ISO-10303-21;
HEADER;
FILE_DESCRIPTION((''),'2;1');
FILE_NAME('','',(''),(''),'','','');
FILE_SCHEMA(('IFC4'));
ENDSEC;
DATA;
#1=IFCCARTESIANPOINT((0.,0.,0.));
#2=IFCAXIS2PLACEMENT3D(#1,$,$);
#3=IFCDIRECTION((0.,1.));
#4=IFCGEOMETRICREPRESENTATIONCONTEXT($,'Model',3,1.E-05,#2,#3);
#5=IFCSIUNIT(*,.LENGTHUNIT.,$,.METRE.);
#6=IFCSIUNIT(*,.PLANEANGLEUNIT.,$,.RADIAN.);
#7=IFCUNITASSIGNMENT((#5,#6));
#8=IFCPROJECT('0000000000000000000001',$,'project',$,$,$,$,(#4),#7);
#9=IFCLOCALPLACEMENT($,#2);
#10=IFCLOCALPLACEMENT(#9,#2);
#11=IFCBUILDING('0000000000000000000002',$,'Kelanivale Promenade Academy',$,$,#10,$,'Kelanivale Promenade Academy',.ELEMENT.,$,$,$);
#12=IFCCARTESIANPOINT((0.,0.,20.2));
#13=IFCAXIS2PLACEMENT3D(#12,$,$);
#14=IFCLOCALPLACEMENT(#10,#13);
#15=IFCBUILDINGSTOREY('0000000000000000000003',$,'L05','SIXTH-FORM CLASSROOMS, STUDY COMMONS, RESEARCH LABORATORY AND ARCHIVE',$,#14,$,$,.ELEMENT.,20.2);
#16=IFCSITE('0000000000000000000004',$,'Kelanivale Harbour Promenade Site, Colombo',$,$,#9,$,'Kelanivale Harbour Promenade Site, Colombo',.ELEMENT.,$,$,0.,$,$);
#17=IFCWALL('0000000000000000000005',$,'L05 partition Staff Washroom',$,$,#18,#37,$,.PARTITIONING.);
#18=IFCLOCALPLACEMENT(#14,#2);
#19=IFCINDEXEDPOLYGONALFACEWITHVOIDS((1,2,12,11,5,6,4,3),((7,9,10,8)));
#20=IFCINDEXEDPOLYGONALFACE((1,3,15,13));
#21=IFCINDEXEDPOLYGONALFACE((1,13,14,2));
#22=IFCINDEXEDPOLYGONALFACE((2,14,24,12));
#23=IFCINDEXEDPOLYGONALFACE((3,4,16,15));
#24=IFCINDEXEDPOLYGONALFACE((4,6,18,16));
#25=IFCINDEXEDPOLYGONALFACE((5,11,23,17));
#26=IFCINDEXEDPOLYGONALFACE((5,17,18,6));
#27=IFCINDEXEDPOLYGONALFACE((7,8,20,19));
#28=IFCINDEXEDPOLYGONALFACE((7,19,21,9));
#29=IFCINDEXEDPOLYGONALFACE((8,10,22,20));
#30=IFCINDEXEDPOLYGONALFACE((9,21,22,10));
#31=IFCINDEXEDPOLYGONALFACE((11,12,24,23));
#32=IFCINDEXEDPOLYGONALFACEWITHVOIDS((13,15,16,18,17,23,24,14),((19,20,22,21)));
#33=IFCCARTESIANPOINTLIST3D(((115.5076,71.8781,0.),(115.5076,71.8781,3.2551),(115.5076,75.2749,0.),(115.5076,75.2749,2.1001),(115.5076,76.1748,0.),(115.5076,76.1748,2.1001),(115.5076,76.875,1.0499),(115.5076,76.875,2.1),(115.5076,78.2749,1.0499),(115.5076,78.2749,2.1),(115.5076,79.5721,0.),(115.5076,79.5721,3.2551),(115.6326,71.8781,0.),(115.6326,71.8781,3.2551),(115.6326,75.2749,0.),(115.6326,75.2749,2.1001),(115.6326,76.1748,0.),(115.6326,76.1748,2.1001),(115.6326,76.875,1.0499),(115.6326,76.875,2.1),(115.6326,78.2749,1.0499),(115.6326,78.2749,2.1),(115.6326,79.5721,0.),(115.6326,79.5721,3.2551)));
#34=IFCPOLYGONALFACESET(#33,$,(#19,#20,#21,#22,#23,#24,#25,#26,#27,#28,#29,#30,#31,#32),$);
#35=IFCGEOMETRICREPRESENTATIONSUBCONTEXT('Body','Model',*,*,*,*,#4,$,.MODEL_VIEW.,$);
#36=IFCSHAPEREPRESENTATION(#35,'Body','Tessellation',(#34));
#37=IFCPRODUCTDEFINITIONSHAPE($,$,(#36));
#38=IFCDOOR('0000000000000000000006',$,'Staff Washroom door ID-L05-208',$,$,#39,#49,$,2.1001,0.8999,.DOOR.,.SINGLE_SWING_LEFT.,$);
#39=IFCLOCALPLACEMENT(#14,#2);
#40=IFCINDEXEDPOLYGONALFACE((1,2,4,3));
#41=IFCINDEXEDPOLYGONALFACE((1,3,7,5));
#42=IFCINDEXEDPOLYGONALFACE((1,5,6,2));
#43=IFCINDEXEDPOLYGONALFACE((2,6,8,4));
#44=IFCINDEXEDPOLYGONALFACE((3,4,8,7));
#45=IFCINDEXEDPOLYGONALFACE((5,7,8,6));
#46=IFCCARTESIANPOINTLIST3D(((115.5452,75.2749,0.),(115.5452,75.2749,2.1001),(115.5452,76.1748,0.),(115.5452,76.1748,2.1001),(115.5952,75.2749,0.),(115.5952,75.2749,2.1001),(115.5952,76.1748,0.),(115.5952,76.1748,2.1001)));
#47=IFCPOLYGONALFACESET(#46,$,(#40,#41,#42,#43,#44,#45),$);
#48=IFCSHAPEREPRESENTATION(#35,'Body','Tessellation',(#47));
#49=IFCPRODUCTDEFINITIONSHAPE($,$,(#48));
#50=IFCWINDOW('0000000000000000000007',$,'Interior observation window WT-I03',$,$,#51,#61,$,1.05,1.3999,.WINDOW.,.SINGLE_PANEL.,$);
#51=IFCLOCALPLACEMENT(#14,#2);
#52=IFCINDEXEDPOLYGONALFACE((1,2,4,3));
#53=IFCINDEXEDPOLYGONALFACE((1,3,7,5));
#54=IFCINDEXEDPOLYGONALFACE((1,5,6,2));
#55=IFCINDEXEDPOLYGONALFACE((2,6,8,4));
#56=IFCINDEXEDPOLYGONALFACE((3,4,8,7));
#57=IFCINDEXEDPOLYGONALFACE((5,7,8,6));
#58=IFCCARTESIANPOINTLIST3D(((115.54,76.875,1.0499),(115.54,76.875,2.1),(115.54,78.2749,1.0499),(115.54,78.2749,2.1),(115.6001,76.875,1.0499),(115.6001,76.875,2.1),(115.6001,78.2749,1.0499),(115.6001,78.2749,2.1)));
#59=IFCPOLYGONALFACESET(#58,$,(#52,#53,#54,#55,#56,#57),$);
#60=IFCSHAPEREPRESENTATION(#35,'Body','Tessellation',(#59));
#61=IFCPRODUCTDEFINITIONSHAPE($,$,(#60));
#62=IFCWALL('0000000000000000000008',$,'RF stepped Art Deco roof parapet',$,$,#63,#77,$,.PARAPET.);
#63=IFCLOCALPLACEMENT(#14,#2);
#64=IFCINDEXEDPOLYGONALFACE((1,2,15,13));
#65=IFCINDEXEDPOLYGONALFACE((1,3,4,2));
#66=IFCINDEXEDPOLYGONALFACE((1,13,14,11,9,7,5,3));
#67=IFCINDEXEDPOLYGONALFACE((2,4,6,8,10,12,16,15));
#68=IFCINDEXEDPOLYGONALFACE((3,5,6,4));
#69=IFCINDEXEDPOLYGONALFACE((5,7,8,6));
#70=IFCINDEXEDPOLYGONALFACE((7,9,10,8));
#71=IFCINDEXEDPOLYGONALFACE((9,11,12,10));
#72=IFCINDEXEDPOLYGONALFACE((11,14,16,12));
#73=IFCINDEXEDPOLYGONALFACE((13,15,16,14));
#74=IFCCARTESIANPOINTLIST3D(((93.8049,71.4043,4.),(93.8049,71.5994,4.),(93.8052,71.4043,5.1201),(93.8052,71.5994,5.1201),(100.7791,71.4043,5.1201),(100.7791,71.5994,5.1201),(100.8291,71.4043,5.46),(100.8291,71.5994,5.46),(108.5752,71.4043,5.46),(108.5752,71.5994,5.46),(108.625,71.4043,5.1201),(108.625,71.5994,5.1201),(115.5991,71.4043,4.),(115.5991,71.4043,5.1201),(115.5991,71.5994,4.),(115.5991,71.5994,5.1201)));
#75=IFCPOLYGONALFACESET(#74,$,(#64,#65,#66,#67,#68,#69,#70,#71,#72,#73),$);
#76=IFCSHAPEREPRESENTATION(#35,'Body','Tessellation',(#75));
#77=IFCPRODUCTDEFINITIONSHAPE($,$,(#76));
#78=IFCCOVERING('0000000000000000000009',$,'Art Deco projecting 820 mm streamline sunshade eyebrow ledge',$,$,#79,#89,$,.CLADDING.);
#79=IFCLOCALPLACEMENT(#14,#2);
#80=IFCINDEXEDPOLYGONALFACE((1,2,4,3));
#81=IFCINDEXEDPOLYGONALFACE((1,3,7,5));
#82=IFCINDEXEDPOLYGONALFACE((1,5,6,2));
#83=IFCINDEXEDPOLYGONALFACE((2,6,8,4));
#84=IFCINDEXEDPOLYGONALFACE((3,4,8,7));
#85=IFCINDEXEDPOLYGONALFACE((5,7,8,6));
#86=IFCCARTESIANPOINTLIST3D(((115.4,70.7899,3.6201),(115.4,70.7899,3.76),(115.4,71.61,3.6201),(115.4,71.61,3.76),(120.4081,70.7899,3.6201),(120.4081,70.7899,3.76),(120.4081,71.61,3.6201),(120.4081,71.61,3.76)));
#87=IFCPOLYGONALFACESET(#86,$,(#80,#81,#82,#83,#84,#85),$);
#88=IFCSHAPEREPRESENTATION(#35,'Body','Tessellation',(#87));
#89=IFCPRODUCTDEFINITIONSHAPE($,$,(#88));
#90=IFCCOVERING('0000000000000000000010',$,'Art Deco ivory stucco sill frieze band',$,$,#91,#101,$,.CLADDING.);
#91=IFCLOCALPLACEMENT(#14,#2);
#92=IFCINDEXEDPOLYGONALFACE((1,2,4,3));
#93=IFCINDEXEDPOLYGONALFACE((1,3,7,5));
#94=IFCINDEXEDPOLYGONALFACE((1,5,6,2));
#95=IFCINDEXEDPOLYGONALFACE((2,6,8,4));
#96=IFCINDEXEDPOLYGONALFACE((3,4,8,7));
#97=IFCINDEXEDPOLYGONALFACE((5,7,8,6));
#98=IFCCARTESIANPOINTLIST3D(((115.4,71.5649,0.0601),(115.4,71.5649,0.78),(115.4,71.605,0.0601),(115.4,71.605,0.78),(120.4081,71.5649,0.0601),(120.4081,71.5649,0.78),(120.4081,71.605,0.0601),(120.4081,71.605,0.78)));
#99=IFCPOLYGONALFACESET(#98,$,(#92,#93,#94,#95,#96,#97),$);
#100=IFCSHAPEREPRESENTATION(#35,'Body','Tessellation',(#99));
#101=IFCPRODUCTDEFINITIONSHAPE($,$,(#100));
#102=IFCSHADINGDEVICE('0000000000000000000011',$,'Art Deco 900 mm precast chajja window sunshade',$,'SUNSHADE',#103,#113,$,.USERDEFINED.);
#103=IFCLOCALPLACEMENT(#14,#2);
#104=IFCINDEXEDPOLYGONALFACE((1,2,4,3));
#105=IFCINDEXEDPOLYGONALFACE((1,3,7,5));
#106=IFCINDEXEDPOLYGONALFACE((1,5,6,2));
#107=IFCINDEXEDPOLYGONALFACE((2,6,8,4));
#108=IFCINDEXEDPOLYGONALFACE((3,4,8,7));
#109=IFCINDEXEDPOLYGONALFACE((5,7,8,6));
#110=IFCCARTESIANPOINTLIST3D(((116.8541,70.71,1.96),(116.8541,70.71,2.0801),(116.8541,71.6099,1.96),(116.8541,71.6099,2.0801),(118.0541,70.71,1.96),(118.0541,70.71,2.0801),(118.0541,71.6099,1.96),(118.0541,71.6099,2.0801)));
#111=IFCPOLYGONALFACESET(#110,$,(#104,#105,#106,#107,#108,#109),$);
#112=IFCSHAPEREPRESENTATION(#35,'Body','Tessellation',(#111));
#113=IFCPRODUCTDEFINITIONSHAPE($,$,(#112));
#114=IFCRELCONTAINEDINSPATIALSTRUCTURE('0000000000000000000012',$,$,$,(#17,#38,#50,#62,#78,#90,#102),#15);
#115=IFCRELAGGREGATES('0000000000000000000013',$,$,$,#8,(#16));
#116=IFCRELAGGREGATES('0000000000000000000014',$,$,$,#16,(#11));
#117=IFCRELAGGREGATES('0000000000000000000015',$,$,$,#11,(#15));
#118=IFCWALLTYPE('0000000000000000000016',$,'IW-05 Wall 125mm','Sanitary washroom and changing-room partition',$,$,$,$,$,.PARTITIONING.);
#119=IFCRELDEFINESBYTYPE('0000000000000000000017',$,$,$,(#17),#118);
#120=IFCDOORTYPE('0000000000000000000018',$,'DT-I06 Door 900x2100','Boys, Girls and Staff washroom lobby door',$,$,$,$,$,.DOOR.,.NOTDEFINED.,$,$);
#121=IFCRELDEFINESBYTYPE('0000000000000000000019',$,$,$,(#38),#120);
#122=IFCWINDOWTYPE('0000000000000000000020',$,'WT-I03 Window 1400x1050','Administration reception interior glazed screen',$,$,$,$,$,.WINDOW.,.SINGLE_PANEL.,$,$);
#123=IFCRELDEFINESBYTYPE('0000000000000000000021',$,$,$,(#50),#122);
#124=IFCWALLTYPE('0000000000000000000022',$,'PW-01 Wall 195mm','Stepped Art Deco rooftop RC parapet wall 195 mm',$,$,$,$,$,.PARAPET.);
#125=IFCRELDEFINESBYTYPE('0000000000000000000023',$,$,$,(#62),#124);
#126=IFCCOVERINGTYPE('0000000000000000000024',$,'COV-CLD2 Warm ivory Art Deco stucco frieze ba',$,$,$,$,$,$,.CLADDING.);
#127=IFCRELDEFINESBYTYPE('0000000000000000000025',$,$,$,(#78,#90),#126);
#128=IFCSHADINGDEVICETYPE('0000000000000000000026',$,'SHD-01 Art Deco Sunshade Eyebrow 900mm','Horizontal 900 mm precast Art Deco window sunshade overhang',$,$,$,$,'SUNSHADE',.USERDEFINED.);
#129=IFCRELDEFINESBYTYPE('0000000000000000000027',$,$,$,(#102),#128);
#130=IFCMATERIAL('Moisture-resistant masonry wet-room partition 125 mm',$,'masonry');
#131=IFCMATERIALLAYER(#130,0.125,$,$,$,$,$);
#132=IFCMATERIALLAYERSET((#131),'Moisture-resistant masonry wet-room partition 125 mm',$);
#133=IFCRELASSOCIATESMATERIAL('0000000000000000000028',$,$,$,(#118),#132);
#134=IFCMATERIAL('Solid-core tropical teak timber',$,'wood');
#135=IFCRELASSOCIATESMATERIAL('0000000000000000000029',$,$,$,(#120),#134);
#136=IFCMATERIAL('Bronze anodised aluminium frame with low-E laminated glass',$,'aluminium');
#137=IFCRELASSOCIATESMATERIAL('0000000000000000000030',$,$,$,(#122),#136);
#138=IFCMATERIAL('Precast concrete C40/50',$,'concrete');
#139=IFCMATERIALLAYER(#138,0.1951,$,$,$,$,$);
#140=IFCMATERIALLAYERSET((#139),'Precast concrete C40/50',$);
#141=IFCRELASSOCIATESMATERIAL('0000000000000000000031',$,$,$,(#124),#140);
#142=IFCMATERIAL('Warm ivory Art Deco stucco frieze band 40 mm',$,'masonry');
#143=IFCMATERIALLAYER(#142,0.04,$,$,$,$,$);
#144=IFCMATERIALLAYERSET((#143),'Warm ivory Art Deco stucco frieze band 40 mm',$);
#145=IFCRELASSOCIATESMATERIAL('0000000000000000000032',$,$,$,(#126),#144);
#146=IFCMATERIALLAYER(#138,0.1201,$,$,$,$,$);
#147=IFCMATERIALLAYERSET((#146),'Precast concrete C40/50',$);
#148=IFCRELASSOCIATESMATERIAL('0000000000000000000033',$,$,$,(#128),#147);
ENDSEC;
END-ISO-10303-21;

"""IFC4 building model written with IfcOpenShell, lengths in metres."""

from ifc_helpers import new_model, si_unit, direction, frame, frame_2d, origin, origin_2d, place, context, subcontext, project, spatial, polyline, rectangle, outline, extrude, material, layer, layer_set, type_object, element, fill, save


model = new_model("IFC4")

# Units and contexts
model_context = context("Model", 3, precision=1e-05, world=origin(), true_north=direction((0.0, 1.0)))
body_context = subcontext(model_context, "Body", "Model", "MODEL_VIEW")
ifc_project = project(units=[si_unit("LENGTHUNIT", "METRE"), si_unit("PLANEANGLEUNIT", "RADIAN")], contexts=[model_context])

# Site, building, storey
site_placement = place(None, origin())
site = spatial("IfcSite", under=ifc_project, at=site_placement, Name="Kelanivale Harbour Promenade Site, Colombo", LongName="Kelanivale Harbour Promenade Site, Colombo", CompositionType="ELEMENT", RefElevation=0.0)
building_placement = place(site_placement, origin())
building = spatial("IfcBuilding", under=site, at=building_placement, Name="Kelanivale Promenade Academy", LongName="Kelanivale Promenade Academy", CompositionType="ELEMENT")
storey_placement = place(building_placement, frame((0.0, 0.0, 20.2)))
storey = spatial("IfcBuildingStorey", under=building, at=storey_placement, Name="L05", Description="SIXTH-FORM CLASSROOMS, STUDY COMMONS, RESEARCH LABORATORY AND ARCHIVE", CompositionType="ELEMENT", Elevation=20.2)

# Shared definitions
ifc_material_1 = material(Name="Bronze anodised aluminium frame with low-E laminated glass", Category="aluminium")

# Wall, openings, door, window
ifc_material_2 = material(Name="Solid-core tropical teak timber", Category="wood")
ifc_material_3 = material(Name="Moisture-resistant masonry wet-room partition 125 mm", Category="masonry")
ifc_layer_1 = layer(ifc_material_3, 0.125)
ifc_layer_set_1 = layer_set([ifc_layer_1], Name="Moisture-resistant masonry wet-room partition 125 mm")
wall_type_1 = type_object("IfcWallType", Name="IW-05 Wall 125mm", Description="Sanitary washroom and changing-room partition", PredefinedType="PARTITIONING", material=ifc_layer_set_1)
wall_1_placement = place(storey_placement, frame((115.5701, 71.8779, 0.0), z_axis=(0.0, 0.0, 1.0), x_axis=(0.0, 1.0, 0.0)))
wall_1 = element("IfcWall", 1, at=wall_1_placement, inside=storey, type_object=wall_type_1, Name="L05 partition Staff Washroom", PredefinedType="PARTITIONING", context=body_context, shape_type="SweptSolid", body=[
    extrude(rectangle(XDim=7.6941, YDim=0.125, at=frame_2d((3.8472, 0.0))), origin(), (0.0, 0.0, 1.0), 3.2551),
])
opening_1_placement = place(wall_1_placement, frame((3.397, 0.0, 0.0)))
opening_1 = element("IfcOpeningElement", 2, at=opening_1_placement, cuts=wall_1, PredefinedType="OPENING", context=body_context, shape_type="SweptSolid", body=[
    extrude(rectangle(XDim=0.8999, YDim=2.1001, at=frame_2d((0.45, 1.05))), frame((0.0, 0.0725, 0.0), z_axis=(0.0, -1.0, 0.0), x_axis=(1.0, 0.0, 0.0)), (0.0, 0.0, 1.0), 0.145),
])
opening_2_placement = place(wall_1_placement, frame((4.9971, 0.0, 1.05)))
opening_2 = element("IfcOpeningElement", 3, at=opening_2_placement, cuts=wall_1, PredefinedType="OPENING", context=body_context, shape_type="SweptSolid", body=[
    extrude(rectangle(XDim=1.3999, YDim=1.05, at=frame_2d((0.7, 0.5249))), frame((0.0, 0.0725, 0.0), z_axis=(0.0, -1.0, 0.0), x_axis=(1.0, 0.0, 0.0)), (0.0, 0.0, 1.0), 0.145),
])
door_type_1 = type_object("IfcDoorType", Name="DT-I06 Door 900x2100", Description="Boys, Girls and Staff washroom lobby door", OperationType="NOTDEFINED", PredefinedType="DOOR", material=ifc_material_2)
door_1_placement = place(opening_1_placement, origin())
door_1 = element("IfcDoor", 4, at=door_1_placement, inside=storey, type_object=door_type_1, Name="Staff Washroom door ID-L05-208", OperationType="SINGLE_SWING_LEFT", OverallHeight=2.1001, OverallWidth=0.8999, PredefinedType="DOOR", context=body_context, shape_type="SweptSolid", body=[
    extrude(rectangle(XDim=0.8999, YDim=2.1001, at=frame_2d((0.45, 1.05))), frame((0.0, 0.0249, 0.0), z_axis=(0.0, -1.0, 0.0), x_axis=(1.0, 0.0, 0.0)), (0.0, 0.0, 1.0), 0.05),
])
fill(opening_1, door_1)
window_type_1 = type_object("IfcWindowType", Name="WT-I03 Window 1400x1050", Description="Administration reception interior glazed screen", PartitioningType="SINGLE_PANEL", PredefinedType="WINDOW", material=ifc_material_1)
window_1_placement = place(opening_2_placement, origin())
window_1 = element("IfcWindow", 5, at=window_1_placement, inside=storey, type_object=window_type_1, Name="Interior observation window WT-I03", OverallHeight=1.05, OverallWidth=1.3999, PartitioningType="SINGLE_PANEL", PredefinedType="WINDOW", context=body_context, shape_type="SweptSolid", body=[
    extrude(rectangle(XDim=1.3999, YDim=1.05, at=frame_2d((0.7, 0.5249))), frame((0.0, 0.03, 0.0), z_axis=(0.0, -1.0, 0.0), x_axis=(1.0, 0.0, 0.0)), (0.0, 0.0, 1.0), 0.0601),
])
fill(opening_2, window_1)

# Wall
ifc_material_4 = material(Name="Precast concrete C40/50", Category="concrete")
ifc_layer_2 = layer(ifc_material_4, 0.1951)
ifc_layer_set_2 = layer_set([ifc_layer_2], Name="Precast concrete C40/50")
wall_type_2 = type_object("IfcWallType", Name="PW-01 Wall 195mm", Description="Stepped Art Deco rooftop RC parapet wall 195 mm", PredefinedType="PARAPET", material=ifc_layer_set_2)
wall_2_placement = place(storey_placement, frame((115.5991, 71.502, 4.0), z_axis=(0.0, 0.0, 1.0), x_axis=(-1.0, 0.0, 0.0)))
element("IfcWall", 6, at=wall_2_placement, inside=storey, type_object=wall_type_2, Name="RF stepped Art Deco roof parapet", PredefinedType="PARAPET", context=body_context, shape_type="SweptSolid", body=[
    extrude(outline(polyline([(0.0, 0.0), (21.7942, 0.0), (21.7939, 1.1201), (14.8201, 1.1201), (14.77, 1.46), (7.0239, 1.46), (6.9741, 1.1201), (0.0, 1.1201), (0.0, 0.0)])), frame((0.0, 0.0977, 0.0), z_axis=(0.0, -1.0, 0.0), x_axis=(1.0, 0.0, 0.0)), (0.0, 0.0, 1.0), 0.1951),
])

# Coverings
ifc_material_5 = material(Name="Warm ivory Art Deco stucco frieze band 40 mm", Category="masonry")
ifc_layer_3 = layer(ifc_material_5, 0.04)
ifc_layer_set_3 = layer_set([ifc_layer_3], Name="Warm ivory Art Deco stucco frieze band 40 mm")
covering_type = type_object("IfcCoveringType", Name="COV-CLD2 Warm ivory Art Deco stucco frieze ba", PredefinedType="CLADDING", material=ifc_layer_set_3)
covering_1_placement = place(storey_placement, frame((117.9041, 71.2, 3.6201), z_axis=(0.0, 0.0, 1.0), x_axis=(1.0, 0.0, 0.0)))
element("IfcCovering", 7, at=covering_1_placement, inside=storey, type_object=covering_type, Name="Art Deco projecting 820 mm streamline sunshade eyebrow ledge", PredefinedType="CLADDING", context=body_context, shape_type="SweptSolid", body=[
    extrude(rectangle(XDim=5.0081, YDim=0.8201, at=origin_2d()), origin(), (0.0, 0.0, 1.0), 0.1399),
])
covering_2_placement = place(storey_placement, frame((117.9041, 71.585, 0.0601), z_axis=(0.0, 0.0, 1.0), x_axis=(1.0, 0.0, 0.0)))
element("IfcCovering", 8, at=covering_2_placement, inside=storey, type_object=covering_type, Name="Art Deco ivory stucco sill frieze band", PredefinedType="CLADDING", context=body_context, shape_type="SweptSolid", body=[
    extrude(rectangle(XDim=5.0081, YDim=0.04, at=origin_2d()), origin(), (0.0, 0.0, 1.0), 0.72),
])

# Shading device
ifc_layer_4 = layer(ifc_material_4, 0.1201)
ifc_layer_set_4 = layer_set([ifc_layer_4], Name="Precast concrete C40/50")
shading_device_type = type_object("IfcShadingDeviceType", Name="SHD-01 Art Deco Sunshade Eyebrow 900mm", Description="Horizontal 900 mm precast Art Deco window sunshade overhang", ElementType="SUNSHADE", PredefinedType="USERDEFINED", material=ifc_layer_set_4)
shading_device_placement = place(storey_placement, frame((117.4541, 71.1599, 1.96), z_axis=(0.0, 0.0, 1.0), x_axis=(1.0, 0.0, 0.0)))
element("IfcShadingDevice", 9, at=shading_device_placement, inside=storey, type_object=shading_device_type, Name="Art Deco 900 mm precast chajja window sunshade", ObjectType="SUNSHADE", PredefinedType="USERDEFINED", context=body_context, shape_type="SweptSolid", body=[
    extrude(rectangle(XDim=1.2, YDim=0.8999, at=origin_2d()), origin(), (0.0, 0.0, 1.0), 0.1201),
])

save(model, "model.ifc")
